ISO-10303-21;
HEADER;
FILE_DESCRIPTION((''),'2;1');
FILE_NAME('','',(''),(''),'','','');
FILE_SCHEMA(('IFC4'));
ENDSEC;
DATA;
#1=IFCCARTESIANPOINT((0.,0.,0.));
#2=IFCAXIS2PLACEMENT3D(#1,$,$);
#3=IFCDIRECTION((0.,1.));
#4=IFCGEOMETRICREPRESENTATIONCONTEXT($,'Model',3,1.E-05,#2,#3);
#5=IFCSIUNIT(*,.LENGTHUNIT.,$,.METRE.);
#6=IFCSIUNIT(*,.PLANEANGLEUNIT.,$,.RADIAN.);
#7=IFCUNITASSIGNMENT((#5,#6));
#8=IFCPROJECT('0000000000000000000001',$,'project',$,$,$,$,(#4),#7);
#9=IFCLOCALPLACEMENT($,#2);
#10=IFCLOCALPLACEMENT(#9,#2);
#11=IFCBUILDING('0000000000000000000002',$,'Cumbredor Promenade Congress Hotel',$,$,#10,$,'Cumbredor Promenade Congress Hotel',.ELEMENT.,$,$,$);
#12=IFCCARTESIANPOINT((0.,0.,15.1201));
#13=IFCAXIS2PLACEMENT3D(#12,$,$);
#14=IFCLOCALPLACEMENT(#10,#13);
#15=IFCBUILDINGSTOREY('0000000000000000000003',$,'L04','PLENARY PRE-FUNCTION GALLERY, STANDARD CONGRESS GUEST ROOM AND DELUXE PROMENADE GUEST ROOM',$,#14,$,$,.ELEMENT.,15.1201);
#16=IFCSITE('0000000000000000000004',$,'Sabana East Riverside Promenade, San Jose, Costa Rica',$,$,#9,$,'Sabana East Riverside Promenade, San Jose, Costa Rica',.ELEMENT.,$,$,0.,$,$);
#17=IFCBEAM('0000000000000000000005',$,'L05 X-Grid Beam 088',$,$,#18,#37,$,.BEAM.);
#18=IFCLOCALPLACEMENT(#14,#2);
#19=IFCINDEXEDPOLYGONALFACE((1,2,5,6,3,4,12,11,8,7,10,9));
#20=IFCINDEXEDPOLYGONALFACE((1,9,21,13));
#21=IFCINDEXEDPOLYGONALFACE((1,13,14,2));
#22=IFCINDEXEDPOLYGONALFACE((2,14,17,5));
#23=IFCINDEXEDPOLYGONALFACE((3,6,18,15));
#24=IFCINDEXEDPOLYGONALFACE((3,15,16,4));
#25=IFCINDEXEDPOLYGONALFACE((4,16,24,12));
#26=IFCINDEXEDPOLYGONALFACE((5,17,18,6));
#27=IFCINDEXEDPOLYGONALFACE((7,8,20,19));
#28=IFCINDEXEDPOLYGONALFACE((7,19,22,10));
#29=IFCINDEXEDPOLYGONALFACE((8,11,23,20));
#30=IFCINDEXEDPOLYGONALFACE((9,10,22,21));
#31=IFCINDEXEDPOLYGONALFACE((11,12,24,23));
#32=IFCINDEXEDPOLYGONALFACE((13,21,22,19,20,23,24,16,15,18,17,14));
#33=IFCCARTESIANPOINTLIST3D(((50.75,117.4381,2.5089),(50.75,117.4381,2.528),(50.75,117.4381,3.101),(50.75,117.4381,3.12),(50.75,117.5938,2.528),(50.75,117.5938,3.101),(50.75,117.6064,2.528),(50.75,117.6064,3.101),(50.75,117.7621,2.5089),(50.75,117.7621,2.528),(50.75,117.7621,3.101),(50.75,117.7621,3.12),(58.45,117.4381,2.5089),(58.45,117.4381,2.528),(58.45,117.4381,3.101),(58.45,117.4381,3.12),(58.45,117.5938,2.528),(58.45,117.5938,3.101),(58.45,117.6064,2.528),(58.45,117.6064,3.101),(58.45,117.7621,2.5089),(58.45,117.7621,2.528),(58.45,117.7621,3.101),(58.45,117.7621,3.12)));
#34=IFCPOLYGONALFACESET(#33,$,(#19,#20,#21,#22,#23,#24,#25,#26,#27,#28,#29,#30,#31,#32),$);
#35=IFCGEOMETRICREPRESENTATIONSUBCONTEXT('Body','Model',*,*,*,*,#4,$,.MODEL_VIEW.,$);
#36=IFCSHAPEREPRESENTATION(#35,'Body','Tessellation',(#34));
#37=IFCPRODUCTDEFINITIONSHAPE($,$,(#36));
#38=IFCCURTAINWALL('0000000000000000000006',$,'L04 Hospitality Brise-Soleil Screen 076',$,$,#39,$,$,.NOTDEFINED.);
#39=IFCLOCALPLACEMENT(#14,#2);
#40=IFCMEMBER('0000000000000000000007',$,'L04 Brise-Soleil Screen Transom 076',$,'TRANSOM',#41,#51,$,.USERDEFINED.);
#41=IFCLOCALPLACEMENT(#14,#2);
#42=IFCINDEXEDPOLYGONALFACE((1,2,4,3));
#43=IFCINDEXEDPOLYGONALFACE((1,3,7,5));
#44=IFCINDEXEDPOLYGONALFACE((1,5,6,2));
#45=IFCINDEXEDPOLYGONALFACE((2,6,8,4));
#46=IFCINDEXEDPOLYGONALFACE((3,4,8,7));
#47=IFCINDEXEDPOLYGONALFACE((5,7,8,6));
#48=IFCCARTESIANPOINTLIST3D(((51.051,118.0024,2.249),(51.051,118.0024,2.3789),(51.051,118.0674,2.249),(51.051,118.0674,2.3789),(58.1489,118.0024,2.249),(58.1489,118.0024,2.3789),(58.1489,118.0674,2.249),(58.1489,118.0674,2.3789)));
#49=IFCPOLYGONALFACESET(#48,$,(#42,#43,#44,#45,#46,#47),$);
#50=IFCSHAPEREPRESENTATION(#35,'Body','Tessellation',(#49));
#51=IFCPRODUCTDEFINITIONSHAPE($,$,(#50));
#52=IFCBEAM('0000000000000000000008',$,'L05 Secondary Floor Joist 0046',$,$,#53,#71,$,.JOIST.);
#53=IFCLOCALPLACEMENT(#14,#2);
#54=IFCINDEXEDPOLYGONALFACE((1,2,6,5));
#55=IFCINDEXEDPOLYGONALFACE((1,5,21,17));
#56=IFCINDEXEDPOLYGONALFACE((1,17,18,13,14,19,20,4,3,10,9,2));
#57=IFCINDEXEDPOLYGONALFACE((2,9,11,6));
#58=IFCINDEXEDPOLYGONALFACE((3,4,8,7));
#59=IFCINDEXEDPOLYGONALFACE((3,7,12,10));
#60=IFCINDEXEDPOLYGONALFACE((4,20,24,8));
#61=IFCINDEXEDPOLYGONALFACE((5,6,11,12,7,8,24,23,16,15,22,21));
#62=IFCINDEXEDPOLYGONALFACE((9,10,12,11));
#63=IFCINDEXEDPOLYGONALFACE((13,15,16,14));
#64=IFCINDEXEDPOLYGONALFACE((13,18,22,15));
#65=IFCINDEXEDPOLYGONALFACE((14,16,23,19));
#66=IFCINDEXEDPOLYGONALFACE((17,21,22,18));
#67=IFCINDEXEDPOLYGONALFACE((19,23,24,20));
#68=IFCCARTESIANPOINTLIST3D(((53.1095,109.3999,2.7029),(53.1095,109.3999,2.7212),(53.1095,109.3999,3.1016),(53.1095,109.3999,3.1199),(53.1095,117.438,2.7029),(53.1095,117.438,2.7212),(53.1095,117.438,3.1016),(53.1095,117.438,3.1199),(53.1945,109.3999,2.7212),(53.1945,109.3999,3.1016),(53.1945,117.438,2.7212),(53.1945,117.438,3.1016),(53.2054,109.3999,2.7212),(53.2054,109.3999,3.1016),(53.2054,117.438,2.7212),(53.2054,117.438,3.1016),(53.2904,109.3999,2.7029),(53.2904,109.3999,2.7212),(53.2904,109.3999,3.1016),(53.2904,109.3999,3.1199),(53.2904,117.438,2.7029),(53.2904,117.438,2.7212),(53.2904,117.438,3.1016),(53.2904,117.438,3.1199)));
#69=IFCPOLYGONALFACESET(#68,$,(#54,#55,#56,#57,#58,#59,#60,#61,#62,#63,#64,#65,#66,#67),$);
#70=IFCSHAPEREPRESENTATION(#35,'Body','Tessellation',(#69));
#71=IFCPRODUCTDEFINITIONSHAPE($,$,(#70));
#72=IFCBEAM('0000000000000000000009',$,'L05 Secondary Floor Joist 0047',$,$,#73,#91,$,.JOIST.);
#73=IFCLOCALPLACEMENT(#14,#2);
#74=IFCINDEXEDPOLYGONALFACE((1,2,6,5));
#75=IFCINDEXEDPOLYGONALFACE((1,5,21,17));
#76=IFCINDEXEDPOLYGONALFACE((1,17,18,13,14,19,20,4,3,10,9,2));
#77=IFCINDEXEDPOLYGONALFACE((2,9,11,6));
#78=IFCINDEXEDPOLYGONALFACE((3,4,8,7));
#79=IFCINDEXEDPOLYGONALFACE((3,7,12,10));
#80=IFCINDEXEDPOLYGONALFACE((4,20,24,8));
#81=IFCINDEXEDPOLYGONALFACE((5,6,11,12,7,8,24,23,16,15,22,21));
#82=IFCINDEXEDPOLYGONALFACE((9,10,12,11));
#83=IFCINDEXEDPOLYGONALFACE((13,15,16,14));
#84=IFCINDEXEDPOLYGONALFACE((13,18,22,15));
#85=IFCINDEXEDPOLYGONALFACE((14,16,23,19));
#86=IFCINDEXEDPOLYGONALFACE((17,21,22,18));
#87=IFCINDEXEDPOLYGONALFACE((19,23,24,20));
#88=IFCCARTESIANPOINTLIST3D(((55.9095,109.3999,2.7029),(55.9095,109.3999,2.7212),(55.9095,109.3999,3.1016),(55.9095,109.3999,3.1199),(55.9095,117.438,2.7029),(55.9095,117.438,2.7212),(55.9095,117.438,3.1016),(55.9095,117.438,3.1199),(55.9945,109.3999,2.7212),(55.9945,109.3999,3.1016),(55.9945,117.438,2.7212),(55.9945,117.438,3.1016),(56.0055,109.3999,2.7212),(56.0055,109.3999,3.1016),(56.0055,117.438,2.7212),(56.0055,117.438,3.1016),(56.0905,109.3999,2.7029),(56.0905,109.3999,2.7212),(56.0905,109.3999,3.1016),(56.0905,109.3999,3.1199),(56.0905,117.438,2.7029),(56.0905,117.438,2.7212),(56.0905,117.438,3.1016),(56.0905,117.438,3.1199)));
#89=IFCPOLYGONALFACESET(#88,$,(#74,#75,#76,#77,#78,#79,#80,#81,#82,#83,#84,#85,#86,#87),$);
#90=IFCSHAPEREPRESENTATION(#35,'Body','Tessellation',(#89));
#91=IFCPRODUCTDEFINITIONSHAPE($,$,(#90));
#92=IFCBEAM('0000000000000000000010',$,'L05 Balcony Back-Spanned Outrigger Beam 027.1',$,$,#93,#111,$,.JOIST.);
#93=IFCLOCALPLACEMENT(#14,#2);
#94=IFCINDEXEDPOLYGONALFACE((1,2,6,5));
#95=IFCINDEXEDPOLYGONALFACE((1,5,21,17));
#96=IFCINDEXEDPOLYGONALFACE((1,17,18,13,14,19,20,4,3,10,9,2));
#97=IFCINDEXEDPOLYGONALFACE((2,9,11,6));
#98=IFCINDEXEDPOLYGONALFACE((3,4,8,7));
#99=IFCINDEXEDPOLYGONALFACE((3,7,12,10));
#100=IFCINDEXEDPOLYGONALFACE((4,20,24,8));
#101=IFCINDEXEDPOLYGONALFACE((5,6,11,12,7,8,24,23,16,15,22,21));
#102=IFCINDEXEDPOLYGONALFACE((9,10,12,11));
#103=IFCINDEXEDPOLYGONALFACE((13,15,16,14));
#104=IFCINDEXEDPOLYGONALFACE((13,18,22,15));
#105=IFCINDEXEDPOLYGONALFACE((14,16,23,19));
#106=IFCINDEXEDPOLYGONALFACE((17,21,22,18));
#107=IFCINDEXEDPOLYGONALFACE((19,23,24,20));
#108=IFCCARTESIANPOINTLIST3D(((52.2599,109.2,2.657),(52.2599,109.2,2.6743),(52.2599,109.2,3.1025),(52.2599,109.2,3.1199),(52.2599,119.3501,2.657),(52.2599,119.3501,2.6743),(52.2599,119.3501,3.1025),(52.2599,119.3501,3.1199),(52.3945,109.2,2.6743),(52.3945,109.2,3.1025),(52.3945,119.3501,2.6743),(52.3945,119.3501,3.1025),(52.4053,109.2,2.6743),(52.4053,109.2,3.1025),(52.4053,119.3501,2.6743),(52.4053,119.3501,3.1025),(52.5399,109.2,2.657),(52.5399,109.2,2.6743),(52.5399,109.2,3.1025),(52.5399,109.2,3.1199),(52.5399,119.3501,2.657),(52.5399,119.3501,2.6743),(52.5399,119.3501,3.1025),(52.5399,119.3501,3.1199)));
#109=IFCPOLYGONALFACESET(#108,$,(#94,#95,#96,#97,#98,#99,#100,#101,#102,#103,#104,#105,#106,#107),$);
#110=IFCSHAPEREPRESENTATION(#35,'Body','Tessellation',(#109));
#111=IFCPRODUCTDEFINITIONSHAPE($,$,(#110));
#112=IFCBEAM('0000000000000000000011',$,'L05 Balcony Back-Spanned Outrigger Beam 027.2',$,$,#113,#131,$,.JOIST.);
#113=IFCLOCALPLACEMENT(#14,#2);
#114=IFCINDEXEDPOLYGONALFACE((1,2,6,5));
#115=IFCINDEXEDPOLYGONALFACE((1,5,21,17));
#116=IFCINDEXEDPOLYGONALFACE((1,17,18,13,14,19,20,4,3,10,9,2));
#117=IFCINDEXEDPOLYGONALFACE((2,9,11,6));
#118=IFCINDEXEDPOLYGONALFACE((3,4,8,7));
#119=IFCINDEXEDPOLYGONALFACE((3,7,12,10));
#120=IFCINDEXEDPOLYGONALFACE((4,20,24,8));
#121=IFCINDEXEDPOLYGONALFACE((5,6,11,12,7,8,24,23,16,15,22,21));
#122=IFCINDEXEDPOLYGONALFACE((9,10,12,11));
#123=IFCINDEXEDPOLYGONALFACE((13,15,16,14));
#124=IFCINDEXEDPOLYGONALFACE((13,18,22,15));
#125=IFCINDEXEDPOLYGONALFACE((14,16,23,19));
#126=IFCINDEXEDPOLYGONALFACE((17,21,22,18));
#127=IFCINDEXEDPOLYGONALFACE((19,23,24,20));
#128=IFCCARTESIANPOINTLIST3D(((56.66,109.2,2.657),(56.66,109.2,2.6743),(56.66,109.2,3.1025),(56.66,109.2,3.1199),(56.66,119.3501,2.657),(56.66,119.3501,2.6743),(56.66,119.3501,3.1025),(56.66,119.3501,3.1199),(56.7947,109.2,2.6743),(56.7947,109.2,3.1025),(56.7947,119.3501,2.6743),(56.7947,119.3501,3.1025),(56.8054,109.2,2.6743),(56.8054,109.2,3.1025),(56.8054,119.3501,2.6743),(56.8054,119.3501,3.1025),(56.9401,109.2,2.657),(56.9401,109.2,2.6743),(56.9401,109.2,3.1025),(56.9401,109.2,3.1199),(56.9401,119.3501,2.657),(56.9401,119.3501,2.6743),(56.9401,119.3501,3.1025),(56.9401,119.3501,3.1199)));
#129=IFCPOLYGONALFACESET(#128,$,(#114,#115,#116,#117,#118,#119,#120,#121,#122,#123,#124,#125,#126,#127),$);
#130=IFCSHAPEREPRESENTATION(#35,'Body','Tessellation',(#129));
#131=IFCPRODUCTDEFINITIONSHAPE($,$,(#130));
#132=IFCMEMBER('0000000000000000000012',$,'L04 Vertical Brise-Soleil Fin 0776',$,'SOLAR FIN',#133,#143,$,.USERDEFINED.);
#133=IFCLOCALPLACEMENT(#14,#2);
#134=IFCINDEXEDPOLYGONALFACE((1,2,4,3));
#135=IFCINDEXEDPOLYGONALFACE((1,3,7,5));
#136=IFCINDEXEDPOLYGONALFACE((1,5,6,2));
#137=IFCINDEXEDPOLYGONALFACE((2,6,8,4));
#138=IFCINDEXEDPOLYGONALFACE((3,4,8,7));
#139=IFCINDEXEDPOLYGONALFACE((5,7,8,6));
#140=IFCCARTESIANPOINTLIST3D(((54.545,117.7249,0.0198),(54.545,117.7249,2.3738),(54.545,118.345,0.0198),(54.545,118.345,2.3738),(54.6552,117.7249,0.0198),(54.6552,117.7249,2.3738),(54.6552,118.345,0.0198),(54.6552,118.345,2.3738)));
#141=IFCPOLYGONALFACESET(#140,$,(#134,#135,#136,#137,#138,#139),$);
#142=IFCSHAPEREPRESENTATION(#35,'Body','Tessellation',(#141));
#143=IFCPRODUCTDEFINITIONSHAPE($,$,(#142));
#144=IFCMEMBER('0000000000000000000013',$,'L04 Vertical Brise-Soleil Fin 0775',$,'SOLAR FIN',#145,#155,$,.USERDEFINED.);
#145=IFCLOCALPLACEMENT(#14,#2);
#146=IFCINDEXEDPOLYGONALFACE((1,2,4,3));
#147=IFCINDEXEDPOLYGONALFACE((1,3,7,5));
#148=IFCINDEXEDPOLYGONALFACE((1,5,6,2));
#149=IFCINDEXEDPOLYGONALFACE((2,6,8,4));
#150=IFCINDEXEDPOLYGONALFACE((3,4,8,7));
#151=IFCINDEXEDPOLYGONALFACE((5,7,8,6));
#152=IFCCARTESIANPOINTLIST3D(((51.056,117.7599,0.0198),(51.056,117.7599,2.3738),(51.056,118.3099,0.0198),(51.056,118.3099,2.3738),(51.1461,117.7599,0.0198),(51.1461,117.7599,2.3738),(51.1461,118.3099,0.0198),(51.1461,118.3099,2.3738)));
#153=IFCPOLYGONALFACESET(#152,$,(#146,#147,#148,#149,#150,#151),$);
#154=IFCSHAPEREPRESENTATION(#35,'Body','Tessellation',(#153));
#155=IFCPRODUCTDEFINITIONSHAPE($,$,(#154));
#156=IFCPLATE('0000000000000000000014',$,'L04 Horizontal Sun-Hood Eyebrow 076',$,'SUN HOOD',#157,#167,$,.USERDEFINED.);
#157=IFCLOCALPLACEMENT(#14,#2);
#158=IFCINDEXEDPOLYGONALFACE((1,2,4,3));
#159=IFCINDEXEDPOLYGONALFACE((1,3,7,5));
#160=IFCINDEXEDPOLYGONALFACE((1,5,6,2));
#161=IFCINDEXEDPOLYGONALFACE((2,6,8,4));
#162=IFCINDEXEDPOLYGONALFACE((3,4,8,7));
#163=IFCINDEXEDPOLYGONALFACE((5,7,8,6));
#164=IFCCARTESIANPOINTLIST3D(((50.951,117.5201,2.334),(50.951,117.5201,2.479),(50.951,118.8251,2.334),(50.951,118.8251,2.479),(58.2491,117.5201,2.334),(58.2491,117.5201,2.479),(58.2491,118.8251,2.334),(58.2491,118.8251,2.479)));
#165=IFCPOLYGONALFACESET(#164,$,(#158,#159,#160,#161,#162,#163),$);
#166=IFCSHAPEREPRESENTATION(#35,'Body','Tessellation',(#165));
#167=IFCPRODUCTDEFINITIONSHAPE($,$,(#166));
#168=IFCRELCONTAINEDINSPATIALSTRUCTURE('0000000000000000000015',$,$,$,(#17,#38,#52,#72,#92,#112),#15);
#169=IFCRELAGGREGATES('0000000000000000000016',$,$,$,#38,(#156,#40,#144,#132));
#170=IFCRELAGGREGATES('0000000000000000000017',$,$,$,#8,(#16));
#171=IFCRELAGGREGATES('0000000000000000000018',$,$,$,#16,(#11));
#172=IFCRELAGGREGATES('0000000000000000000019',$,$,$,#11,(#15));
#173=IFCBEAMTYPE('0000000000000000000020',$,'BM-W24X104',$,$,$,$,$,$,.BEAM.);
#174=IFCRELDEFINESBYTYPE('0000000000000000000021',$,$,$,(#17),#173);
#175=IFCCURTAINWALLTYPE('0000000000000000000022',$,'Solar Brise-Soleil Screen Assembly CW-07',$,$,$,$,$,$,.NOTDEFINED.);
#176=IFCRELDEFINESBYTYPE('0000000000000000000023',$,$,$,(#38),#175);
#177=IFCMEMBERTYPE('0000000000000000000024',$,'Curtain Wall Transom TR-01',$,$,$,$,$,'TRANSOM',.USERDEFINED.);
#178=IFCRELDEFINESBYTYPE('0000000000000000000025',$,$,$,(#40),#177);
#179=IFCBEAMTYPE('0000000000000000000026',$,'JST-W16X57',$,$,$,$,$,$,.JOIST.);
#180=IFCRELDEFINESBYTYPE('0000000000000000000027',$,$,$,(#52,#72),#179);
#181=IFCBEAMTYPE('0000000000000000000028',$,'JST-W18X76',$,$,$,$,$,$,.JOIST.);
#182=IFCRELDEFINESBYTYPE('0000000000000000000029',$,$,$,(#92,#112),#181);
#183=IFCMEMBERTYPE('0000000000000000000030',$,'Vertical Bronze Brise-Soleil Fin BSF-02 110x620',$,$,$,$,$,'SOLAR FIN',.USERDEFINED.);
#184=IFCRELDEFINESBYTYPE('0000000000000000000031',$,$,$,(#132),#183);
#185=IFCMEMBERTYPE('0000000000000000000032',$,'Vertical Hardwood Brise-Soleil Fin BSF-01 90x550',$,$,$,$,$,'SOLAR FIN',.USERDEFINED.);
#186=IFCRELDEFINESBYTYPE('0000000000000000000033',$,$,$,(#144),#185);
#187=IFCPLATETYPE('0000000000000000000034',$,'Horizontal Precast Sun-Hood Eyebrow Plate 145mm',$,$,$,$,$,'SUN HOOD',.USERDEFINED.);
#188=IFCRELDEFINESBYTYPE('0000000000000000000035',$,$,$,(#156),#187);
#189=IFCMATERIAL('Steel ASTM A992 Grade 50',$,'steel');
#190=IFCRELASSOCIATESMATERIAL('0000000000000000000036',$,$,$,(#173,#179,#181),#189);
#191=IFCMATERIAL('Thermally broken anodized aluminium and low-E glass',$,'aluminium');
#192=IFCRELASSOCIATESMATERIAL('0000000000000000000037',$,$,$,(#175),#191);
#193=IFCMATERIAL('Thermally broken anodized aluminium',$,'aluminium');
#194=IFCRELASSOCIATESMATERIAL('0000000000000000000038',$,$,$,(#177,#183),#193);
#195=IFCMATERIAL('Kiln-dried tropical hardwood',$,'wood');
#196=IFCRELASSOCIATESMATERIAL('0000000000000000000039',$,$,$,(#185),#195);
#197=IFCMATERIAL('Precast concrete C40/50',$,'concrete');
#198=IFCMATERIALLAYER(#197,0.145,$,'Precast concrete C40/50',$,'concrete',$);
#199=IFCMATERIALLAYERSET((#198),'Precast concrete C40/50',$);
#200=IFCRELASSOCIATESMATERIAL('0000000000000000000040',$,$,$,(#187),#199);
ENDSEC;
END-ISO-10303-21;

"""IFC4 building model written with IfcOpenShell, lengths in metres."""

from ifc_helpers import new_model, si_unit, direction, frame, origin, origin_2d, place, context, subcontext, project, spatial, rectangle, i_section, extrude, material, layer, layer_set, material_profile, profile_set, type_object, element, aggregate, save


model = new_model("IFC4")

# Units and contexts
model_context = context("Model", 3, precision=1e-05, world=origin(), true_north=direction((0.0, 1.0)))
body_context = subcontext(model_context, "Body", "Model", "MODEL_VIEW")
ifc_project = project(units=[si_unit("LENGTHUNIT", "METRE"), si_unit("PLANEANGLEUNIT", "RADIAN")], contexts=[model_context])

# Site, building, storey
site_placement = place(None, origin())
site = spatial("IfcSite", under=ifc_project, at=site_placement, Name="Sabana East Riverside Promenade, San Jose, Costa Rica", LongName="Sabana East Riverside Promenade, San Jose, Costa Rica", CompositionType="ELEMENT", RefElevation=0.0)
building_placement = place(site_placement, origin())
building = spatial("IfcBuilding", under=site, at=building_placement, Name="Cumbredor Promenade Congress Hotel", LongName="Cumbredor Promenade Congress Hotel", CompositionType="ELEMENT")
storey_placement = place(building_placement, frame((0.0, 0.0, 15.1201)))
storey = spatial("IfcBuildingStorey", under=building, at=storey_placement, Name="L04", Description="PLENARY PRE-FUNCTION GALLERY, STANDARD CONGRESS GUEST ROOM AND DELUXE PROMENADE GUEST ROOM", CompositionType="ELEMENT", Elevation=15.1201)

# Beam
ifc_material_1 = material(Name="Steel ASTM A992 Grade 50", Category="steel")
ifc_material_profile_1 = material_profile(ifc_material_1, i_section(OverallWidth=0.324, OverallDepth=0.6111, WebThickness=0.0127, FlangeThickness=0.019, at=origin_2d()), Name="W24X104")
ifc_profile_set_1 = profile_set([ifc_material_profile_1], Name="Steel ASTM A992 Grade 50")
beam_type_1 = type_object("IfcBeamType", Name="BM-W24X104", PredefinedType="BEAM", material=ifc_profile_set_1)
beam_placement = place(storey_placement, frame((50.75, 117.6001, 2.8145), z_axis=(1.0, 0.0, 0.0), x_axis=(0.0, 1.0, 0.0)))
element("IfcBeam", 1, at=beam_placement, inside=storey, type_object=beam_type_1, Name="L05 X-Grid Beam 088", PredefinedType="BEAM", context=body_context, shape_type="SweptSolid", body=[
    extrude(i_section(OverallWidth=0.324, OverallDepth=0.6111, WebThickness=0.0127, FlangeThickness=0.019, at=origin_2d()), origin(), (0.0, 0.0, 1.0), 7.7),
])

# Curtain wall, member
ifc_material_2 = material(Name="Thermally broken anodized aluminium and low-E glass", Category="aluminium")
curtain_wall_type = type_object("IfcCurtainWallType", Name="Solar Brise-Soleil Screen Assembly CW-07", PredefinedType="NOTDEFINED", material=ifc_material_2)
curtain_wall_placement = place(storey_placement, origin())
curtain_wall = element("IfcCurtainWall", 2, at=curtain_wall_placement, inside=storey, type_object=curtain_wall_type, Name="L04 Hospitality Brise-Soleil Screen 076", PredefinedType="NOTDEFINED")
ifc_material_3 = material(Name="Thermally broken anodized aluminium", Category="aluminium")
ifc_material_profile_2 = material_profile(ifc_material_3, rectangle(XDim=0.0649, YDim=0.1299, at=origin_2d()), Name="ALU TRANSOM 65x130")
ifc_profile_set_2 = profile_set([ifc_material_profile_2], Name="Thermally broken anodized aluminium")
member_type_1 = type_object("IfcMemberType", Name="Curtain Wall Transom TR-01", ElementType="TRANSOM", PredefinedType="USERDEFINED", material=ifc_profile_set_2)
member_1_placement = place(storey_placement, frame((51.051, 118.0349, 2.314), z_axis=(1.0, 0.0, 0.0), x_axis=(0.0, 1.0, 0.0)))
member_1 = element("IfcMember", 3, at=member_1_placement, type_object=member_type_1, Name="L04 Brise-Soleil Screen Transom 076", ObjectType="TRANSOM", PredefinedType="USERDEFINED", context=body_context, shape_type="SweptSolid", body=[
    extrude(rectangle(XDim=0.0649, YDim=0.1299, at=origin_2d()), origin(), (0.0, 0.0, 1.0), 7.0979),
])

# Beams
ifc_material_profile_3 = material_profile(ifc_material_1, i_section(OverallWidth=0.1809, OverallDepth=0.417, WebThickness=0.011, FlangeThickness=0.0183, at=origin_2d()), Name="W16X57")
ifc_profile_set_3 = profile_set([ifc_material_profile_3], Name="Steel ASTM A992 Grade 50")
beam_type_2 = type_object("IfcBeamType", Name="JST-W16X57", PredefinedType="JOIST", material=ifc_profile_set_3)
for number, where, z_axis, x_axis, name in (
    (4, (53.2, 109.3999, 2.9114), (0.0, 1.0, 0.0), (-1.0, 0.0, 0.0), "L05 Secondary Floor Joist 0046"),
    (5, (56.0, 109.3999, 2.9114), (0.0, 1.0, 0.0), (-1.0, 0.0, 0.0), "L05 Secondary Floor Joist 0047"),
):
    element("IfcBeam", number, at=place(storey_placement, frame(where, z_axis=z_axis, x_axis=x_axis)), inside=storey, type_object=beam_type_2, Name=name, PredefinedType="JOIST", context=body_context, shape_type="SweptSolid", body=[
        extrude(i_section(OverallWidth=0.1809, OverallDepth=0.417, WebThickness=0.011, FlangeThickness=0.0183, at=origin_2d()), origin(), (0.0, 0.0, 1.0), 8.0381),
    ])
ifc_material_profile_4 = material_profile(ifc_material_1, i_section(OverallWidth=0.28, OverallDepth=0.4629, WebThickness=0.0107, FlangeThickness=0.0173, at=origin_2d()), Name="W18X76")
ifc_profile_set_4 = profile_set([ifc_material_profile_4], Name="Steel ASTM A992 Grade 50")
beam_type_3 = type_object("IfcBeamType", Name="JST-W18X76", PredefinedType="JOIST", material=ifc_profile_set_4)
for number, where, z_axis, x_axis, name in (
    (6, (52.3999, 109.2, 2.8884), (0.0, 1.0, 0.0), (-1.0, 0.0, 0.0), "L05 Balcony Back-Spanned Outrigger Beam 027.1"),
    (7, (56.8, 109.2, 2.8884), (0.0, 1.0, 0.0), (-1.0, 0.0, 0.0), "L05 Balcony Back-Spanned Outrigger Beam 027.2"),
):
    element("IfcBeam", number, at=place(storey_placement, frame(where, z_axis=z_axis, x_axis=x_axis)), inside=storey, type_object=beam_type_3, Name=name, PredefinedType="JOIST", context=body_context, shape_type="SweptSolid", body=[
        extrude(i_section(OverallWidth=0.28, OverallDepth=0.4629, WebThickness=0.0107, FlangeThickness=0.0173, at=origin_2d()), origin(), (0.0, 0.0, 1.0), 10.1501),
    ])

# Members
ifc_material_profile_5 = material_profile(ifc_material_3, rectangle(XDim=0.1101, YDim=0.6201, at=origin_2d()), Name="ARCH FIN 110x620")
ifc_profile_set_5 = profile_set([ifc_material_profile_5], Name="Thermally broken anodized aluminium")
member_type_2 = type_object("IfcMemberType", Name="Vertical Bronze Brise-Soleil Fin BSF-02 110x620", ElementType="SOLAR FIN", PredefinedType="USERDEFINED", material=ifc_profile_set_5)
member_2_placement = place(storey_placement, frame((54.6001, 118.0349, 0.0198), z_axis=(0.0, 0.0, 1.0), x_axis=(1.0, 0.0, 0.0)))
member_2 = element("IfcMember", 8, at=member_2_placement, type_object=member_type_2, Name="L04 Vertical Brise-Soleil Fin 0776", ObjectType="SOLAR FIN", PredefinedType="USERDEFINED", context=body_context, shape_type="SweptSolid", body=[
    extrude(rectangle(XDim=0.1101, YDim=0.6201, at=origin_2d()), origin(), (0.0, 0.0, 1.0), 2.354),
])
ifc_material_4 = material(Name="Kiln-dried tropical hardwood", Category="wood")
ifc_material_profile_6 = material_profile(ifc_material_4, rectangle(XDim=0.0901, YDim=0.55, at=origin_2d()), Name="ARCH FIN 90x550")
ifc_profile_set_6 = profile_set([ifc_material_profile_6], Name="Kiln-dried tropical hardwood")
member_type_3 = type_object("IfcMemberType", Name="Vertical Hardwood Brise-Soleil Fin BSF-01 90x550", ElementType="SOLAR FIN", PredefinedType="USERDEFINED", material=ifc_profile_set_6)
member_3_placement = place(storey_placement, frame((51.1011, 118.0349, 0.0198), z_axis=(0.0, 0.0, 1.0), x_axis=(1.0, 0.0, 0.0)))
member_3 = element("IfcMember", 9, at=member_3_placement, type_object=member_type_3, Name="L04 Vertical Brise-Soleil Fin 0775", ObjectType="SOLAR FIN", PredefinedType="USERDEFINED", context=body_context, shape_type="SweptSolid", body=[
    extrude(rectangle(XDim=0.0901, YDim=0.55, at=origin_2d()), origin(), (0.0, 0.0, 1.0), 2.354),
])

# Plate
ifc_material_5 = material(Name="Precast concrete C40/50", Category="concrete")
ifc_layer_1 = layer(ifc_material_5, 0.145, Name="Precast concrete C40/50", Category="concrete")
ifc_layer_set_1 = layer_set([ifc_layer_1], Name="Precast concrete C40/50")
plate_type = type_object("IfcPlateType", Name="Horizontal Precast Sun-Hood Eyebrow Plate 145mm", ElementType="SUN HOOD", PredefinedType="USERDEFINED", material=ifc_layer_set_1)
plate_placement = place(storey_placement, frame((54.6001, 118.1726, 2.334), z_axis=(0.0, 0.0, 1.0), x_axis=(1.0, 0.0, 0.0)))
plate = element("IfcPlate", 10, at=plate_placement, type_object=plate_type, Name="L04 Horizontal Sun-Hood Eyebrow 076", ObjectType="SUN HOOD", PredefinedType="USERDEFINED", context=body_context, shape_type="SweptSolid", body=[
    extrude(rectangle(XDim=7.2981, YDim=1.3049, at=origin_2d()), origin(), (0.0, 0.0, 1.0), 0.145),
])
aggregate(curtain_wall, [plate, member_1, member_3, member_2])

save(model, "model.ifc")
